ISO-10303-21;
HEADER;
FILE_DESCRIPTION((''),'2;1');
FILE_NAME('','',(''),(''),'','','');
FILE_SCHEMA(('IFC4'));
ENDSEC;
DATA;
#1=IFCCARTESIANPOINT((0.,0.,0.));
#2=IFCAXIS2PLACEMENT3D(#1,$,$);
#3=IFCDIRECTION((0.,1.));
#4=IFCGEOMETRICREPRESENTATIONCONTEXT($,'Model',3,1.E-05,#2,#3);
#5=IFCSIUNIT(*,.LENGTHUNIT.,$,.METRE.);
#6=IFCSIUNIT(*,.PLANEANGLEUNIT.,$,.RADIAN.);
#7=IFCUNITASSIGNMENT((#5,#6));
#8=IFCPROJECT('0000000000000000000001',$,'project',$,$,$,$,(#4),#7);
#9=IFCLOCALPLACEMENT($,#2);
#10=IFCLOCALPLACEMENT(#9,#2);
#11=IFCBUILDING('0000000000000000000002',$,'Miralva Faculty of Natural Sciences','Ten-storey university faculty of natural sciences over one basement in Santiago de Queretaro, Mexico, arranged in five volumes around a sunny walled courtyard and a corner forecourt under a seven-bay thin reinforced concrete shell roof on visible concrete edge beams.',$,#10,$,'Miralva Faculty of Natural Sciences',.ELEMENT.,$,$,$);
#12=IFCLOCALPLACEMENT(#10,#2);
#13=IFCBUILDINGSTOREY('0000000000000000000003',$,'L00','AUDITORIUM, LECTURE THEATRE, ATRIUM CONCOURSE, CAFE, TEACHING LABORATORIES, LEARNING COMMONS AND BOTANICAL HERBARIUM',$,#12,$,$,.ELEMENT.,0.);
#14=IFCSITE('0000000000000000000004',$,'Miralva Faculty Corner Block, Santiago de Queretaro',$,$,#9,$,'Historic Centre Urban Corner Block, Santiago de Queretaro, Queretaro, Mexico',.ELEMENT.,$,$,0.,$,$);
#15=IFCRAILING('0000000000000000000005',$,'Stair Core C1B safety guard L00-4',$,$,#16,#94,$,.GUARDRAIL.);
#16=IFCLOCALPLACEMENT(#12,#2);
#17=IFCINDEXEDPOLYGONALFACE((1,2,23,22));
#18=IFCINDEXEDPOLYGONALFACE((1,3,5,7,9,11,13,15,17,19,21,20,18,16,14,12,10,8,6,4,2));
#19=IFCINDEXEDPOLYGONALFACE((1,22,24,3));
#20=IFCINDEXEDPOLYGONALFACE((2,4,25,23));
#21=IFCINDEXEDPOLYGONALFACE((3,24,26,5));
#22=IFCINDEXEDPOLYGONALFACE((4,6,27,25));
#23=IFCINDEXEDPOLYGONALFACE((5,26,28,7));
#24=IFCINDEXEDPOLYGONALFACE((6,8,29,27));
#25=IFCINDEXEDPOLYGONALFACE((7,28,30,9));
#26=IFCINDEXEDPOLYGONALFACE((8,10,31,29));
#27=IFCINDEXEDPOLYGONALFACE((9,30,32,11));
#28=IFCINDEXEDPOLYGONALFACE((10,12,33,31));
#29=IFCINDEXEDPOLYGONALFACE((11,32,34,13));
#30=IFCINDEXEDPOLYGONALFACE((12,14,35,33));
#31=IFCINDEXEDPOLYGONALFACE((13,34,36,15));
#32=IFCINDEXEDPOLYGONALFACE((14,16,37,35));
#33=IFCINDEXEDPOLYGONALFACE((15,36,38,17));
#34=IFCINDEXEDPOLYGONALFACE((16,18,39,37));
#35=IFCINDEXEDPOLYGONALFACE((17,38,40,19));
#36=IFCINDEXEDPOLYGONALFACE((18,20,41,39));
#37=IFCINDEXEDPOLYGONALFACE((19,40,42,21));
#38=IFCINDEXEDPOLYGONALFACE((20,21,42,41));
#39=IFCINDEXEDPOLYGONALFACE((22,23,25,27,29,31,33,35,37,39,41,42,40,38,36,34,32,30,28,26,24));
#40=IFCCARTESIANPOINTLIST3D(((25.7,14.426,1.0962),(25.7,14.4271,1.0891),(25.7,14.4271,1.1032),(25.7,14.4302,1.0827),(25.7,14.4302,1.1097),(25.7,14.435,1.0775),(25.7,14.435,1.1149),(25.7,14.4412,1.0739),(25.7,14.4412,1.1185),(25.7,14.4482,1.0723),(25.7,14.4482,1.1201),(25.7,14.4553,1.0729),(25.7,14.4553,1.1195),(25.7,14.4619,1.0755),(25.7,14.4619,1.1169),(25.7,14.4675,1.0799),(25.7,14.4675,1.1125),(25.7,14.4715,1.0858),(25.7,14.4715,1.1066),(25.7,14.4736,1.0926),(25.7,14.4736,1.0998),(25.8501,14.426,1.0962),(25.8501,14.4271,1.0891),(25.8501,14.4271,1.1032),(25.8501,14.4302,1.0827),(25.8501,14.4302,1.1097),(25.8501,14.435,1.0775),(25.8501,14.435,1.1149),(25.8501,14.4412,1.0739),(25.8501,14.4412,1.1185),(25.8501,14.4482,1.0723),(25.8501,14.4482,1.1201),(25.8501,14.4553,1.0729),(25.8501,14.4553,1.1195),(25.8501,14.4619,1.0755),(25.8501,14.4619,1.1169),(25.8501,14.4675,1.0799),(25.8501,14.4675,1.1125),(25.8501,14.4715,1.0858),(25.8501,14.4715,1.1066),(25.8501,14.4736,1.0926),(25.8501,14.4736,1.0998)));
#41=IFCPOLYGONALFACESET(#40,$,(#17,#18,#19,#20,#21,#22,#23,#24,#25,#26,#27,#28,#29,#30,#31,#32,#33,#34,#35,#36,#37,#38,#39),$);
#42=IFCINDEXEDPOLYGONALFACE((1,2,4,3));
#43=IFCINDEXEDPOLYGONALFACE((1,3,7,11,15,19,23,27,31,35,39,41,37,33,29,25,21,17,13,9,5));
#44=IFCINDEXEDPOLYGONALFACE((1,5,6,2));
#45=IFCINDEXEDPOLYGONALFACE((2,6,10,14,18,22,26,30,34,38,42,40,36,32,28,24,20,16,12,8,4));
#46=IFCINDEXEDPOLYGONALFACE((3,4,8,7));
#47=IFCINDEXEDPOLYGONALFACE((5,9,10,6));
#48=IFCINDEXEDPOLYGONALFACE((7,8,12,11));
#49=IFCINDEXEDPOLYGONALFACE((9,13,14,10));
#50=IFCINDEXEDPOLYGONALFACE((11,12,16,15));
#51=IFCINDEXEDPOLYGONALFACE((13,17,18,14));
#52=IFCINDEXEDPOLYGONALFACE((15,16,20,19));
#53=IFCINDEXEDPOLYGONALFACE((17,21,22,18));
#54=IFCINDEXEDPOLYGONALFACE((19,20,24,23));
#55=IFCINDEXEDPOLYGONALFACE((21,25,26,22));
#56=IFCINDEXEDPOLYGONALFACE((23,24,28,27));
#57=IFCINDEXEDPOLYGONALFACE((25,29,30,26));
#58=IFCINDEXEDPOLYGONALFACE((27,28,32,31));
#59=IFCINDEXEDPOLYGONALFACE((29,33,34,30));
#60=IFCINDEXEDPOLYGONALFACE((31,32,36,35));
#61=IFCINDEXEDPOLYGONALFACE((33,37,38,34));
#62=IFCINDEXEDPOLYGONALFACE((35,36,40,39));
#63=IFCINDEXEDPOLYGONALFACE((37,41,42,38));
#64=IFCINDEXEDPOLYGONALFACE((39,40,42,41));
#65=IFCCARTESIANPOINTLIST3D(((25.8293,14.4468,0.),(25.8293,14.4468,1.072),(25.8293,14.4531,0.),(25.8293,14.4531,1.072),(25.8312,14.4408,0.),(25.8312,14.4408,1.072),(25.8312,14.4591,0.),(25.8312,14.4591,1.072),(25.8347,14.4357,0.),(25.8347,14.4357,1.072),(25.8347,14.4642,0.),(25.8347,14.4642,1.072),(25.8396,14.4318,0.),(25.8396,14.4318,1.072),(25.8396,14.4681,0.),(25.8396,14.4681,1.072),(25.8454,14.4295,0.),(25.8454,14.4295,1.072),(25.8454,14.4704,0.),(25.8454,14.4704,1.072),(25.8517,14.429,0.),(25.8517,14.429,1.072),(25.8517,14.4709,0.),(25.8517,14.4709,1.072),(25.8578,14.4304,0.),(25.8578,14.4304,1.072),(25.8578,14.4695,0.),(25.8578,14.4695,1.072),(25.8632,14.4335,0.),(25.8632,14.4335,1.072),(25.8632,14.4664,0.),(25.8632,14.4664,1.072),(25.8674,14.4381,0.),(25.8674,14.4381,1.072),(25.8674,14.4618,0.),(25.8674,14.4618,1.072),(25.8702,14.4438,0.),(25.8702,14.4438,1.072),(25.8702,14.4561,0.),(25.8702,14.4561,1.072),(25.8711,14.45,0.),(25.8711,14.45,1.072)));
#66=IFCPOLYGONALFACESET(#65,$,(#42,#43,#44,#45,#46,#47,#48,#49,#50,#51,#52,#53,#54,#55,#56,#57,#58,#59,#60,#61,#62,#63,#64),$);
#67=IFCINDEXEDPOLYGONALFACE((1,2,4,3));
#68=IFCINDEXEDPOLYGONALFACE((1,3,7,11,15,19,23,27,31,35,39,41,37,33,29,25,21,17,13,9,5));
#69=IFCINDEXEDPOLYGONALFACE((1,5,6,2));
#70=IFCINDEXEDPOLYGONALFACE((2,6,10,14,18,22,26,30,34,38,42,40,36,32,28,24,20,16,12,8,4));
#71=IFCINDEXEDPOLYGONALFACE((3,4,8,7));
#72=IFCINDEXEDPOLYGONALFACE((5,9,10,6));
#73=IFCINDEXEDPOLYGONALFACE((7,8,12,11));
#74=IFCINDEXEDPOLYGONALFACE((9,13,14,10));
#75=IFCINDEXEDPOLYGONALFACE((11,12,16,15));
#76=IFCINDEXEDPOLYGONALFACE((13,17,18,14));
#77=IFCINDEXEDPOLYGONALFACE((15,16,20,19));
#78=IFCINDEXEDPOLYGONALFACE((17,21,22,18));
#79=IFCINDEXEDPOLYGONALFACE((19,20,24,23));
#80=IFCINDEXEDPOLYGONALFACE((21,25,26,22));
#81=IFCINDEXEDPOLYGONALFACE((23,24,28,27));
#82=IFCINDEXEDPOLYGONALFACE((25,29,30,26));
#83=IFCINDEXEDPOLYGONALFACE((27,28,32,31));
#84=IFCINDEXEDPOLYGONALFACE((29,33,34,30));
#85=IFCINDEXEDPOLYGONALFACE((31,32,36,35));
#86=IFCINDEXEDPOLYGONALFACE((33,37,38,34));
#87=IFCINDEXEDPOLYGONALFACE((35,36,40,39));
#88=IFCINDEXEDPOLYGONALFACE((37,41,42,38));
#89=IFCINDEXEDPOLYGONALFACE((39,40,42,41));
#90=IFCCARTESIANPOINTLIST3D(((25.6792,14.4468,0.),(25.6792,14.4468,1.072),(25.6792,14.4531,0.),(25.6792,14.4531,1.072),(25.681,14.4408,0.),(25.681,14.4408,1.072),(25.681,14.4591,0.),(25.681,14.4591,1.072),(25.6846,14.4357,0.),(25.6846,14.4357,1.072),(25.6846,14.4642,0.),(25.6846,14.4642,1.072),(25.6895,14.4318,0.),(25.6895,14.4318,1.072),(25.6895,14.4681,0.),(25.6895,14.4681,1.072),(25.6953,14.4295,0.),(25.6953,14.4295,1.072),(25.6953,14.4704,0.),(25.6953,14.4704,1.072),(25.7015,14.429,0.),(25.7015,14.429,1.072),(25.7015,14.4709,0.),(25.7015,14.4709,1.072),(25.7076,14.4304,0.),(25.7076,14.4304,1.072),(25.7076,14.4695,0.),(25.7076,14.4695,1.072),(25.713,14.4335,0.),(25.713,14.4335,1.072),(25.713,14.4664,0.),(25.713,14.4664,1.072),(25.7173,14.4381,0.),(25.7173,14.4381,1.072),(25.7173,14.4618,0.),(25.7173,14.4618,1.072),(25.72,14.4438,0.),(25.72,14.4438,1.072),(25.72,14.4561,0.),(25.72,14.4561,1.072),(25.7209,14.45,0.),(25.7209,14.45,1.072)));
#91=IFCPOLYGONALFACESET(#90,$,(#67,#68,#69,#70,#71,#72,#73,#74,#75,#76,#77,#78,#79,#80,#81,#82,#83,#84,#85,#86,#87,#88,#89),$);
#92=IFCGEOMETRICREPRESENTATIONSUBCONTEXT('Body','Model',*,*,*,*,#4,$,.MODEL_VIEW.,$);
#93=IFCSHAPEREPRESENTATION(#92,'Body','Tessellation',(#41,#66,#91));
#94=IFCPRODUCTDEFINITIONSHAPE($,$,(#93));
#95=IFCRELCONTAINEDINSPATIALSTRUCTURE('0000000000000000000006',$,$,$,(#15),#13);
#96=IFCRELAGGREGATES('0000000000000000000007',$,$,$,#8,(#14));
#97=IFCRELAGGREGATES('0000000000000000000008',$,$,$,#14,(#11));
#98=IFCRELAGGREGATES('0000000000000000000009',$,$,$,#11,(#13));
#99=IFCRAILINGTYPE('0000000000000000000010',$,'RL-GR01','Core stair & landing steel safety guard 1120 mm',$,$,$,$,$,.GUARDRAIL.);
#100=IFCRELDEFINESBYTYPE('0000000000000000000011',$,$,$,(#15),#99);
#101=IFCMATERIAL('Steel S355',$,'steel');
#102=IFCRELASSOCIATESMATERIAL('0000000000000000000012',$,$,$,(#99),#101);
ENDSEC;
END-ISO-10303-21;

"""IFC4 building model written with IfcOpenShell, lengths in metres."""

from ifc_helpers import new_model, si_unit, direction, frame, origin, origin_2d, place, context, subcontext, project, spatial, circle, extrude, material, type_object, element, save


model = new_model("IFC4")

# Units and contexts
model_context = context("Model", 3, precision=1e-05, world=origin(), true_north=direction((0.0, 1.0)))
body_context = subcontext(model_context, "Body", "Model", "MODEL_VIEW")
ifc_project = project(units=[si_unit("LENGTHUNIT", "METRE"), si_unit("PLANEANGLEUNIT", "RADIAN")], contexts=[model_context])

# Site, building, storey
site_placement = place(None, origin())
site = spatial("IfcSite", under=ifc_project, at=site_placement, Name="Miralva Faculty Corner Block, Santiago de Queretaro", LongName="Historic Centre Urban Corner Block, Santiago de Queretaro, Queretaro, Mexico", CompositionType="ELEMENT", RefElevation=0.0)
building_placement = place(site_placement, origin())
building = spatial("IfcBuilding", under=site, at=building_placement, Name="Miralva Faculty of Natural Sciences", Description="Ten-storey university faculty of natural sciences over one basement in Santiago de Queretaro, Mexico, arranged in five volumes around a sunny walled courtyard and a corner forecourt under a seven-bay thin reinforced concrete shell roof on visible concrete edge beams.", LongName="Miralva Faculty of Natural Sciences", CompositionType="ELEMENT")
storey_placement = place(building_placement, origin())
storey = spatial("IfcBuildingStorey", under=building, at=storey_placement, Name="L00", Description="AUDITORIUM, LECTURE THEATRE, ATRIUM CONCOURSE, CAFE, TEACHING LABORATORIES, LEARNING COMMONS AND BOTANICAL HERBARIUM", CompositionType="ELEMENT", Elevation=0.0)

# Railing
ifc_material_1 = material(Name="Steel S355", Category="steel")
railing_type_1 = type_object("IfcRailingType", Name="RL-GR01", Description="Core stair & landing steel safety guard 1120 mm", PredefinedType="GUARDRAIL", material=ifc_material_1)
railing_1_placement = place(storey_placement, frame((25.8501, 14.45, 0.0)))
element("IfcRailing", 1, at=railing_1_placement, inside=storey, type_object=railing_type_1, Name="Stair Core C1B safety guard L00-4", PredefinedType="GUARDRAIL", context=body_context, shape_type="SweptSolid", body=[
    extrude(circle(Radius=0.0239, at=origin_2d()), frame((0.0, 0.0, 1.0962), z_axis=(-1.0, 0.0, 0.0), x_axis=(0.0, -1.0, 0.0)), (0.0, 0.0, 1.0), 0.1501),
    extrude(circle(Radius=0.021, at=origin_2d()), origin(), (0.0, 0.0, 1.0), 1.072),
    extrude(circle(Radius=0.021, at=origin_2d()), frame((-0.1501, 0.0, 0.0)), (0.0, 0.0, 1.0), 1.072),
])

save(model, "model.ifc")
